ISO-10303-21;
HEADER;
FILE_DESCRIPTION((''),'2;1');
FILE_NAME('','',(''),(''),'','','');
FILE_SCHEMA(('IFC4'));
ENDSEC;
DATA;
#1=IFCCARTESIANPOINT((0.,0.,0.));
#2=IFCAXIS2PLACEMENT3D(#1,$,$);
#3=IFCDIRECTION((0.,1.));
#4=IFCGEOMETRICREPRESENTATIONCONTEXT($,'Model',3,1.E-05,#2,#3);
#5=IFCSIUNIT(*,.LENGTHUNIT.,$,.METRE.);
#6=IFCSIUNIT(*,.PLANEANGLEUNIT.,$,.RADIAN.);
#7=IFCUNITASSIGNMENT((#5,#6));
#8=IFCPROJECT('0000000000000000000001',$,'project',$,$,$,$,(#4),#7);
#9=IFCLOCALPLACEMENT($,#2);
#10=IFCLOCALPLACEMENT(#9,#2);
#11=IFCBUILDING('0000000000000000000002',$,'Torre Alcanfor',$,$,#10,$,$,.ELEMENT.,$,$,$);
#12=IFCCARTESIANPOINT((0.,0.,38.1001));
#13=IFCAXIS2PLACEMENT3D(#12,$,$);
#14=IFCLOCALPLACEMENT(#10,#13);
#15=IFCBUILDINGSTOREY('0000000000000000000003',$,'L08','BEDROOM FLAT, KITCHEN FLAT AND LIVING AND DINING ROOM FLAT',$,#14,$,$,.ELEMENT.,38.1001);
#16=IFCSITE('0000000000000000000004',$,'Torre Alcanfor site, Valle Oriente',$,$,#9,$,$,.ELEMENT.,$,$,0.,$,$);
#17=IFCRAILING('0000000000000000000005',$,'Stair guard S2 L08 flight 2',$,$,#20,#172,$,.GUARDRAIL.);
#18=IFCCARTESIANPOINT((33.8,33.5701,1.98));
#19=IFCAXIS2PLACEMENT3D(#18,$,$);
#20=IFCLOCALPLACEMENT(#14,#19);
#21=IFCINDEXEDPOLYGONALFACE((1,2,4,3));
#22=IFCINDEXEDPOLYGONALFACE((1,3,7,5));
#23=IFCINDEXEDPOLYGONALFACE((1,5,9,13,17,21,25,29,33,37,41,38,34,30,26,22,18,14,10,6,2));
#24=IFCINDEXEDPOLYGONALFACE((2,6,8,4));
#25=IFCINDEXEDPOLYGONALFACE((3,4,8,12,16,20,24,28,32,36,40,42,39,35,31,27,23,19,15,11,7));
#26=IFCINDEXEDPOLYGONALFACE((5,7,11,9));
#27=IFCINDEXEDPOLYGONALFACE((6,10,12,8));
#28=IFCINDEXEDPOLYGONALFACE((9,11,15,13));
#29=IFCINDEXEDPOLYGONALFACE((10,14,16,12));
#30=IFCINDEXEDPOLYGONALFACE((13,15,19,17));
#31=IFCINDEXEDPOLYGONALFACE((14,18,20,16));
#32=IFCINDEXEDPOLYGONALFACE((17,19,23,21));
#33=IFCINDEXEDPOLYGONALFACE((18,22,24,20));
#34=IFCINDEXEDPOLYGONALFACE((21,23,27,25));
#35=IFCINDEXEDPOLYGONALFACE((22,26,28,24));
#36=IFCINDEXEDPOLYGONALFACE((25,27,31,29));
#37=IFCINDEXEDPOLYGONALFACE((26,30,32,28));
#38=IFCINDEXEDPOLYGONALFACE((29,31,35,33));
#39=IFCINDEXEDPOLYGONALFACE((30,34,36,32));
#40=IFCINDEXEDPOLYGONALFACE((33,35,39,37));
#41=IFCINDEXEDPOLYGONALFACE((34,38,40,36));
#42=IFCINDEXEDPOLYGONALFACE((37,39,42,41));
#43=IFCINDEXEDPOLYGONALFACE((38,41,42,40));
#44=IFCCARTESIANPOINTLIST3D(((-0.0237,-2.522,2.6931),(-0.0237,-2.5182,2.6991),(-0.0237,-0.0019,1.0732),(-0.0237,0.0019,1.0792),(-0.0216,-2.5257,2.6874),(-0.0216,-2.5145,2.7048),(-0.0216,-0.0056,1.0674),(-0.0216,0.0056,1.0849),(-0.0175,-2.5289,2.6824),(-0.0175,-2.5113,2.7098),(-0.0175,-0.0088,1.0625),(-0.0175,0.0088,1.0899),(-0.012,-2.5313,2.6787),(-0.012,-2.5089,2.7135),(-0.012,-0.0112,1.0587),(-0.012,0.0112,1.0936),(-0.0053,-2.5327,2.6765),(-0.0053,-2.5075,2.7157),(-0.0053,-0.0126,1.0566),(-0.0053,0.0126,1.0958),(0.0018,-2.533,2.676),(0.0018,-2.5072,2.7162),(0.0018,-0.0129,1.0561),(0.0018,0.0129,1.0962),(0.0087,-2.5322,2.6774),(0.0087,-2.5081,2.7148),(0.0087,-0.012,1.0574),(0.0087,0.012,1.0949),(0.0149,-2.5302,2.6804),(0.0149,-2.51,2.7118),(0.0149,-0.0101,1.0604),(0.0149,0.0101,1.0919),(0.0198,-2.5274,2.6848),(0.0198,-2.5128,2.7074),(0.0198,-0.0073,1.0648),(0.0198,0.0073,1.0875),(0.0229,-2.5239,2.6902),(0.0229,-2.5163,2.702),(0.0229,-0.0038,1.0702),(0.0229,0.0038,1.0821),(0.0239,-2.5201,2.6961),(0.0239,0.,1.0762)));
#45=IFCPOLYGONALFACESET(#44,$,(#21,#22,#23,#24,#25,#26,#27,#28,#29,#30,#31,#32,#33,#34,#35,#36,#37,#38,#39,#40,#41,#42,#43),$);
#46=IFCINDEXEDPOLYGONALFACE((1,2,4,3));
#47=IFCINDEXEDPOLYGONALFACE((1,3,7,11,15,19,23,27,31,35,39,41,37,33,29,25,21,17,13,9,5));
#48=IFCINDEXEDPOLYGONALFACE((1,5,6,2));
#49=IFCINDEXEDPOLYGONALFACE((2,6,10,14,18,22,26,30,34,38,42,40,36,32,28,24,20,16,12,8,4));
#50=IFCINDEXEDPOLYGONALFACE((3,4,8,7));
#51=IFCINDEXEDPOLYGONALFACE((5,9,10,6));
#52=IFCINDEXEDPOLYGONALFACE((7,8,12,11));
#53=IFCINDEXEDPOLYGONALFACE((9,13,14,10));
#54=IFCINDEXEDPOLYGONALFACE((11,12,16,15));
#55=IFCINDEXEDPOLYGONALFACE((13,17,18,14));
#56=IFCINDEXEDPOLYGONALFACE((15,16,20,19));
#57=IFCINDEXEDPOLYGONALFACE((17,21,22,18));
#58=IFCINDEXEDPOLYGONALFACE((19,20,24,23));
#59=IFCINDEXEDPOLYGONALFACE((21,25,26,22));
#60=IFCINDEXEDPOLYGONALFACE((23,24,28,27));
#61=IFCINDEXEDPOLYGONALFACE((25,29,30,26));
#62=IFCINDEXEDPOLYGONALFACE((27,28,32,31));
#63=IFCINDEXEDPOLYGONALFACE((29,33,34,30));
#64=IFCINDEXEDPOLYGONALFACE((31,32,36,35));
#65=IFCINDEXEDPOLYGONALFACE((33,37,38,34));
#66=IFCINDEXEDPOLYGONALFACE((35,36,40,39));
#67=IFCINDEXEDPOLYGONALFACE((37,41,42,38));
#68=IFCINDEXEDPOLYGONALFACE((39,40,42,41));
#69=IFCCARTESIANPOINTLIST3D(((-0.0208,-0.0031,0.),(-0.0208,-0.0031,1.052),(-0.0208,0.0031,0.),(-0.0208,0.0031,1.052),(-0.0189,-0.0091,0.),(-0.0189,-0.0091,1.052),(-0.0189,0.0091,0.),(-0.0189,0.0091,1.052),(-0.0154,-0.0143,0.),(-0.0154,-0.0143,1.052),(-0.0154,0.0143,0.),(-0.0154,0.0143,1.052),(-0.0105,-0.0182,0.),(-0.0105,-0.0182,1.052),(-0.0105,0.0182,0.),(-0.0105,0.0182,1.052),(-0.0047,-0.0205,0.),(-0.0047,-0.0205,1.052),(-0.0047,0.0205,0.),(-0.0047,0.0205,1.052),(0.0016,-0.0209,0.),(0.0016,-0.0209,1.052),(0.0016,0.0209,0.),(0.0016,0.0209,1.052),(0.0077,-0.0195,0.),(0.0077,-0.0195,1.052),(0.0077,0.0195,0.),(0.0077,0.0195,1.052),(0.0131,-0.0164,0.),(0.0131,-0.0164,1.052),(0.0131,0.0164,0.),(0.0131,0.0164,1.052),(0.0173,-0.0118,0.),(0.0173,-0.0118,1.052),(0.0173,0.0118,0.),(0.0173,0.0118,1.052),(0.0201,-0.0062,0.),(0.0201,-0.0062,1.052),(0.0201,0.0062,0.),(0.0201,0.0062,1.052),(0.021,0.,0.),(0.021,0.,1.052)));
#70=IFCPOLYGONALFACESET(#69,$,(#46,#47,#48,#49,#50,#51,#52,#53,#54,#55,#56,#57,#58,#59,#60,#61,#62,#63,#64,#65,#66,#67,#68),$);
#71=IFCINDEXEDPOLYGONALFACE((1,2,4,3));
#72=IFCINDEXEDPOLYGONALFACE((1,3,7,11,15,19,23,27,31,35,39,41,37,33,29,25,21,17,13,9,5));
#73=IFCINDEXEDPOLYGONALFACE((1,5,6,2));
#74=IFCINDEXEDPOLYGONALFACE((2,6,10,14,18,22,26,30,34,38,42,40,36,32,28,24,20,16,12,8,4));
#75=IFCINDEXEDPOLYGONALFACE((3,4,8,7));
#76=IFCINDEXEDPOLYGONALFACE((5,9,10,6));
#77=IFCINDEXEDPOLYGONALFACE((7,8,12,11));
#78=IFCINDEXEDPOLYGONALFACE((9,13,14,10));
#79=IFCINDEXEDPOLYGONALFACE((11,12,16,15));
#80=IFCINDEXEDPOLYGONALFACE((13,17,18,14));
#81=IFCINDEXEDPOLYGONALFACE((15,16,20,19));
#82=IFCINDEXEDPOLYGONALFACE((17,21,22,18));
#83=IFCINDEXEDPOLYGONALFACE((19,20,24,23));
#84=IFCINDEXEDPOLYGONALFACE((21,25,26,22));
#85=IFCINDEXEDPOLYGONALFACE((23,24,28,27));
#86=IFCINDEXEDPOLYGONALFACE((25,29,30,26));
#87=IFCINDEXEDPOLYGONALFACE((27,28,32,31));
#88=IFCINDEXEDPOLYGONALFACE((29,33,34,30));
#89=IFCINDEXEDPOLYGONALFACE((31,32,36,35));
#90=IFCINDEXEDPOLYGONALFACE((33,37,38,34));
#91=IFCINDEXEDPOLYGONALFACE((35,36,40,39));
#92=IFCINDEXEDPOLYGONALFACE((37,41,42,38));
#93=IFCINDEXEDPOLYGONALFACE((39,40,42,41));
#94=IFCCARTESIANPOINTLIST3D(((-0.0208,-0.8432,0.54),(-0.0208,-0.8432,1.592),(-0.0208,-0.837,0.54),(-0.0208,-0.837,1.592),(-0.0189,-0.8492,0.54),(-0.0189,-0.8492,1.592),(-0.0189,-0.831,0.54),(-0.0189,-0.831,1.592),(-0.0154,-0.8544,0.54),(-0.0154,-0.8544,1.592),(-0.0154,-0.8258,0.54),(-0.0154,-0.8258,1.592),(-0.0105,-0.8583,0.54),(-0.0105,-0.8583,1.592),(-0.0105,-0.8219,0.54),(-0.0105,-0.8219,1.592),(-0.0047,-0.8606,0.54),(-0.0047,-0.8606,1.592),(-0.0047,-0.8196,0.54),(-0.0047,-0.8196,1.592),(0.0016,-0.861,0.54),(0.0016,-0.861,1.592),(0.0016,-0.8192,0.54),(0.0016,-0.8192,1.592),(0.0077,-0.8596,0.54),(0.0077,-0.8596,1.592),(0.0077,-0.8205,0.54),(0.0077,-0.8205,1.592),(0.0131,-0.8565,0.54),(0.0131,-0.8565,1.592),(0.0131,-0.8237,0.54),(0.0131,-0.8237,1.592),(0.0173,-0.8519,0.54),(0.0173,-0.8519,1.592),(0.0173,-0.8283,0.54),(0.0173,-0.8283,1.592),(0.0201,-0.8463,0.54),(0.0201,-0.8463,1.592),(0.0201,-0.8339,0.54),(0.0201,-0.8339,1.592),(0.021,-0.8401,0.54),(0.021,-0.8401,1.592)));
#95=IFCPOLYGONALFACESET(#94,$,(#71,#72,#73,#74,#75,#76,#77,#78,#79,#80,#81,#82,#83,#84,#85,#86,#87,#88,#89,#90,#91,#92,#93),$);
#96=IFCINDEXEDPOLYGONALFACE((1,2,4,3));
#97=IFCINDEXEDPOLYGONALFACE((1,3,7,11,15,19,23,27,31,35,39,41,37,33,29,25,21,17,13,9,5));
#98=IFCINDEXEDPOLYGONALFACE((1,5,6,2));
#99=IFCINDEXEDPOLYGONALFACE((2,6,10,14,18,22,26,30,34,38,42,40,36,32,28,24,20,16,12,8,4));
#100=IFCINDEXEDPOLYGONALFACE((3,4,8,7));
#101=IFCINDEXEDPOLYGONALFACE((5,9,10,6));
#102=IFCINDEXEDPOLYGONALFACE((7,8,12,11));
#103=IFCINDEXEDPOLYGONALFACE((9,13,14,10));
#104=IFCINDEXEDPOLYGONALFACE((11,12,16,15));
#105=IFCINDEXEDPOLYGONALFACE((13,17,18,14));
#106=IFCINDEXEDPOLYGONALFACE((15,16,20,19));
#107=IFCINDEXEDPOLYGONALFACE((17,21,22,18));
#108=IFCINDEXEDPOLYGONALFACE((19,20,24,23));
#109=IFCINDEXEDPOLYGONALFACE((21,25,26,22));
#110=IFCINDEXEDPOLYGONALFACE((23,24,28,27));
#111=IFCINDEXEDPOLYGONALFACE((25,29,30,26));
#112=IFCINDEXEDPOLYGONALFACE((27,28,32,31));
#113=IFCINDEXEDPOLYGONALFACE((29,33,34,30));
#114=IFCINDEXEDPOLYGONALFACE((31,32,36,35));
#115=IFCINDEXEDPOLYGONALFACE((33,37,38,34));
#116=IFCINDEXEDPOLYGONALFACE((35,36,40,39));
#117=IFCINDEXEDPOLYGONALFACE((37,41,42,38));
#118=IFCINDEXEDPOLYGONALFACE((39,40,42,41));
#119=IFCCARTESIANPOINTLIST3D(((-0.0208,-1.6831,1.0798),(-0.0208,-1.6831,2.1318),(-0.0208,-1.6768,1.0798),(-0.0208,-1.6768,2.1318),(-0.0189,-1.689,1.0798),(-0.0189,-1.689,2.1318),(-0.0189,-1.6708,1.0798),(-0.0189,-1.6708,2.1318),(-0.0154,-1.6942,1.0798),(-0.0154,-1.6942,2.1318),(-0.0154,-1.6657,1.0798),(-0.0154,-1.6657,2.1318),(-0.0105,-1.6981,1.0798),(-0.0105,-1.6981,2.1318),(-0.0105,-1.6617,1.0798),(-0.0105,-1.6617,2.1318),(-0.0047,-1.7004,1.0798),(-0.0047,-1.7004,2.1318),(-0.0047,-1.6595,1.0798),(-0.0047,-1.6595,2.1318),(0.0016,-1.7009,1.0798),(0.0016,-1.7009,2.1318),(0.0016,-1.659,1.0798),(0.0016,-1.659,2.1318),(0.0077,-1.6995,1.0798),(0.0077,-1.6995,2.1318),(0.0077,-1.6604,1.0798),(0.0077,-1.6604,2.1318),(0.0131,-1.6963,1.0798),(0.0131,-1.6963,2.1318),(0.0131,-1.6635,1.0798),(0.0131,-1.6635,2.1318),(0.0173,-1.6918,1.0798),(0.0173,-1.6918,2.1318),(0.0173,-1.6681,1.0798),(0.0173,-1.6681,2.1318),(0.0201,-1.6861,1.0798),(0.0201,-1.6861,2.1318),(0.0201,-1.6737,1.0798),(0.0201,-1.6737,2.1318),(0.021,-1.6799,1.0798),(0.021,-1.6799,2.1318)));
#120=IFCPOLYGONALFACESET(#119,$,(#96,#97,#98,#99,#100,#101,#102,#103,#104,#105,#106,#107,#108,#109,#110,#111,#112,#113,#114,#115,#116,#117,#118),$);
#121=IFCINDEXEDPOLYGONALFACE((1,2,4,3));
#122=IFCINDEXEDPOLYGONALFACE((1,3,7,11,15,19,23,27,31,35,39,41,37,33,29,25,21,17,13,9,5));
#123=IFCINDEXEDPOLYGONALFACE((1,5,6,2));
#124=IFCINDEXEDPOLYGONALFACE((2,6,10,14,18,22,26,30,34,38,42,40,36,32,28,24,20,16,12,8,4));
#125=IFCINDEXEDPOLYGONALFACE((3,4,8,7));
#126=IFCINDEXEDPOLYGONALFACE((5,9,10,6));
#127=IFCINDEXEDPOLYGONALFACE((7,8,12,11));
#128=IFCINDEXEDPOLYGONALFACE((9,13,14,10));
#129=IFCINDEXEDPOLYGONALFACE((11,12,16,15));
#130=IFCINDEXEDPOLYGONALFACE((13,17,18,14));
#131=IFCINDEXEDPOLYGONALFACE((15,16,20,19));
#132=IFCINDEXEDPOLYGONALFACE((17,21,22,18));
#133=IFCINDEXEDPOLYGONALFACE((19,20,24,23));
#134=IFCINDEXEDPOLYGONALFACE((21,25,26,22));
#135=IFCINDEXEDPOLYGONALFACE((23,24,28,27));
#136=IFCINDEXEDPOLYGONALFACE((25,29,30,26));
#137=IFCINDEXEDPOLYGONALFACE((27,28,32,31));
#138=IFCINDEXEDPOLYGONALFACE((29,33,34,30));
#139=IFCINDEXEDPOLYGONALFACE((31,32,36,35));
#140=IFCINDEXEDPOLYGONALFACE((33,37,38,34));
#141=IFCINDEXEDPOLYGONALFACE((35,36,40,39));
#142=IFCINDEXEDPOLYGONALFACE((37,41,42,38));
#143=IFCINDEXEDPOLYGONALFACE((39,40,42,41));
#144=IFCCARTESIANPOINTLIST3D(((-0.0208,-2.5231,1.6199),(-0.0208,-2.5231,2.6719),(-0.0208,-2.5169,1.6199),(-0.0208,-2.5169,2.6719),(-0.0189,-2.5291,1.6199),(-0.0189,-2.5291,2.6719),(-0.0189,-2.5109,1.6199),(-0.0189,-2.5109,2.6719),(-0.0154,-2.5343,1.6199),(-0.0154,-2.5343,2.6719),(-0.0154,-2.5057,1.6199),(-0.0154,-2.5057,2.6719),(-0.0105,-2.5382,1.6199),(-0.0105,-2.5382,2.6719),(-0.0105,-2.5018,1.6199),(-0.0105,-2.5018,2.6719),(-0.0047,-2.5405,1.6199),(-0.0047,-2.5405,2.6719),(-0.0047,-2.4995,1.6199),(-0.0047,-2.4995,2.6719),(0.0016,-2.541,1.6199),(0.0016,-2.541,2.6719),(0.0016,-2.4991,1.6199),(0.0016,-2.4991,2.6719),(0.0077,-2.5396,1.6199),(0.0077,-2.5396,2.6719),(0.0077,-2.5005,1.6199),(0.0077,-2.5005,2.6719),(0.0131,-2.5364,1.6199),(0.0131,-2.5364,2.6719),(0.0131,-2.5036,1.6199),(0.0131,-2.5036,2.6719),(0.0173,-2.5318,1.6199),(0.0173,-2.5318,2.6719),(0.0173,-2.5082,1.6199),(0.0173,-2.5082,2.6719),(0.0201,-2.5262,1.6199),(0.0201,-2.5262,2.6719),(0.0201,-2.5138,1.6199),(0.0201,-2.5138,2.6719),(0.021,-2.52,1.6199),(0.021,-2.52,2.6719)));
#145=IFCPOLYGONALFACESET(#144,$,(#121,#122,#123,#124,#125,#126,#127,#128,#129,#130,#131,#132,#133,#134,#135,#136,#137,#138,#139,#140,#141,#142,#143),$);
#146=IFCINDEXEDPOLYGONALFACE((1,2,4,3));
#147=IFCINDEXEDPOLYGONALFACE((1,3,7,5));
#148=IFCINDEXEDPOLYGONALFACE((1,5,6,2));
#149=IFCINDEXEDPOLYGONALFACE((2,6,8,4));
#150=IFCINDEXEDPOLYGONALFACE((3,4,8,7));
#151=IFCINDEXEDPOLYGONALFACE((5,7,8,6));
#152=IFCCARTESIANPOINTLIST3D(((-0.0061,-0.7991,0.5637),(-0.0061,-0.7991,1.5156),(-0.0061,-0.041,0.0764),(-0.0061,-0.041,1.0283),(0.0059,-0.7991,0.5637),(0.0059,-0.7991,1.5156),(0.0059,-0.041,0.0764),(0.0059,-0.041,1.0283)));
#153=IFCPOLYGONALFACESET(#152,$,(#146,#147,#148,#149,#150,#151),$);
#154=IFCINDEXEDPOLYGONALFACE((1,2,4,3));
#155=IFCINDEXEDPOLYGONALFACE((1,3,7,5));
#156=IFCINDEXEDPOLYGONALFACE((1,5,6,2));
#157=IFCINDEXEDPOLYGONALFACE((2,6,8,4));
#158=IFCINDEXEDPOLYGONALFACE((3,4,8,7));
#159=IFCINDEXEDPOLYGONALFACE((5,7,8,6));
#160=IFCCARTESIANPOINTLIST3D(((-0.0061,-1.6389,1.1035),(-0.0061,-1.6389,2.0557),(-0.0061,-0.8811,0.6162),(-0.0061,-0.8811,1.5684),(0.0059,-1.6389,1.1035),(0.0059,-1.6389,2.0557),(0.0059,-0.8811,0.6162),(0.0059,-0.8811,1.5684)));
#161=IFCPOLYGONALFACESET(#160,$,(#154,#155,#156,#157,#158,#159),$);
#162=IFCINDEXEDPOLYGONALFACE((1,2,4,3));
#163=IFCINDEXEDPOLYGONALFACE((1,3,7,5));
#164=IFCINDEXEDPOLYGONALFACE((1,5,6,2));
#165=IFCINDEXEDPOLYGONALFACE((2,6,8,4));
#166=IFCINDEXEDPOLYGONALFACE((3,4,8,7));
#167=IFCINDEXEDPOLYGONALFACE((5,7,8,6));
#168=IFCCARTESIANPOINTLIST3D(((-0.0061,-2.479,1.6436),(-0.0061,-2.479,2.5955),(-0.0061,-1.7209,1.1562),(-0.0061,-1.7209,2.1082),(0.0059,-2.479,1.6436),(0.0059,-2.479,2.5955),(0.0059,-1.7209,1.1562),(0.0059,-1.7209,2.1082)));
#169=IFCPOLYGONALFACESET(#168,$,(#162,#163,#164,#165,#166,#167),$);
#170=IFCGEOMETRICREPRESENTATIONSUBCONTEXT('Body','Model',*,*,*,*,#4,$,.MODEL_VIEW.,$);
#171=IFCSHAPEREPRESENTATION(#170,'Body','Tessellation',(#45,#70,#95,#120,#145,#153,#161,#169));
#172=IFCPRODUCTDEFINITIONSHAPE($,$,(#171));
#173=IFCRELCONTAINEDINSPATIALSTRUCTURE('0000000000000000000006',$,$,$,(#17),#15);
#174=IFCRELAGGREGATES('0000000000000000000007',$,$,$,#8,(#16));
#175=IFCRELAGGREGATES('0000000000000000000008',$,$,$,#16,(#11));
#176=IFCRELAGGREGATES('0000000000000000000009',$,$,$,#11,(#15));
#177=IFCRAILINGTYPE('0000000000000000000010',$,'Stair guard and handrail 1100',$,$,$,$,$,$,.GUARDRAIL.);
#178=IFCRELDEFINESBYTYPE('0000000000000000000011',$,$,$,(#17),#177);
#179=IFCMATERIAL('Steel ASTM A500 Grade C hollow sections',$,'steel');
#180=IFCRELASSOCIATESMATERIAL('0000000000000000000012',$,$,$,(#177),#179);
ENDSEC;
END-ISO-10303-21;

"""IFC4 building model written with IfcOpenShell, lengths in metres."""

from ifc_helpers import new_model, si_unit, direction, frame, origin, origin_2d, place, context, subcontext, project, spatial, polyline, circle, outline, extrude, material, type_object, element, save


model = new_model("IFC4")

# Units and contexts
model_context = context("Model", 3, precision=1e-05, world=origin(), true_north=direction((0.0, 1.0)))
body_context = subcontext(model_context, "Body", "Model", "MODEL_VIEW")
ifc_project = project(units=[si_unit("LENGTHUNIT", "METRE"), si_unit("PLANEANGLEUNIT", "RADIAN")], contexts=[model_context])

# Site, building, storey
site_placement = place(None, origin())
site = spatial("IfcSite", under=ifc_project, at=site_placement, Name="Torre Alcanfor site, Valle Oriente", CompositionType="ELEMENT", RefElevation=0.0)
building_placement = place(site_placement, origin())
building = spatial("IfcBuilding", under=site, at=building_placement, Name="Torre Alcanfor", CompositionType="ELEMENT")
storey_placement = place(building_placement, frame((0.0, 0.0, 38.1001)))
storey = spatial("IfcBuildingStorey", under=building, at=storey_placement, Name="L08", Description="BEDROOM FLAT, KITCHEN FLAT AND LIVING AND DINING ROOM FLAT", CompositionType="ELEMENT", Elevation=38.1001)

# Railing
ifc_material_1 = material(Name="Steel ASTM A500 Grade C hollow sections", Category="steel")
railing_type_1 = type_object("IfcRailingType", Name="Stair guard and handrail 1100", PredefinedType="GUARDRAIL", material=ifc_material_1)
railing_1_placement = place(storey_placement, frame((33.8, 33.5701, 1.98)))
element("IfcRailing", 1, at=railing_1_placement, inside=storey, type_object=railing_type_1, Name="Stair guard S2 L08 flight 2", PredefinedType="GUARDRAIL", context=body_context, shape_type="SweptSolid", body=[
    extrude(circle(Radius=0.0239, at=origin_2d()), frame((0.0, 0.0, 1.0762), z_axis=(0.0, -0.8412, 0.540725), x_axis=(1.0, 0.0, 0.0)), (0.0, 0.0, 1.0), 2.9958),
    extrude(circle(Radius=0.021, at=origin_2d()), origin(), (0.0, 0.0, 1.0), 1.052),
    extrude(circle(Radius=0.021, at=origin_2d()), frame((0.0, -0.8401, 0.54)), (0.0, 0.0, 1.0), 1.052),
    extrude(circle(Radius=0.021, at=origin_2d()), frame((0.0, -1.6799, 1.0798)), (0.0, 0.0, 1.0), 1.052),
    extrude(circle(Radius=0.021, at=origin_2d()), frame((0.0, -2.52, 1.6199)), (0.0, 0.0, 1.0), 1.052),
    extrude(outline(polyline([(0.041, 0.0764), (0.7991, 0.5637), (0.7991, 1.5156), (0.041, 1.0283), (0.041, 0.0764)])), frame((0.0059, 0.0, 0.0), z_axis=(-1.0, 0.0, 0.0), x_axis=(0.0, -1.0, 0.0)), (0.0, 0.0, 1.0), 0.012),
    extrude(outline(polyline([(0.8811, 0.6162), (1.6389, 1.1035), (1.6389, 2.0557), (0.8811, 1.5684), (0.8811, 0.6162)])), frame((0.0059, 0.0, 0.0), z_axis=(-1.0, 0.0, 0.0), x_axis=(0.0, -1.0, 0.0)), (0.0, 0.0, 1.0), 0.012),
    extrude(outline(polyline([(1.7209, 1.1562), (2.479, 1.6436), (2.479, 2.5955), (1.7209, 2.1082), (1.7209, 1.1562)])), frame((0.0059, 0.0, 0.0), z_axis=(-1.0, 0.0, 0.0), x_axis=(0.0, -1.0, 0.0)), (0.0, 0.0, 1.0), 0.012),
])

save(model, "model.ifc")
